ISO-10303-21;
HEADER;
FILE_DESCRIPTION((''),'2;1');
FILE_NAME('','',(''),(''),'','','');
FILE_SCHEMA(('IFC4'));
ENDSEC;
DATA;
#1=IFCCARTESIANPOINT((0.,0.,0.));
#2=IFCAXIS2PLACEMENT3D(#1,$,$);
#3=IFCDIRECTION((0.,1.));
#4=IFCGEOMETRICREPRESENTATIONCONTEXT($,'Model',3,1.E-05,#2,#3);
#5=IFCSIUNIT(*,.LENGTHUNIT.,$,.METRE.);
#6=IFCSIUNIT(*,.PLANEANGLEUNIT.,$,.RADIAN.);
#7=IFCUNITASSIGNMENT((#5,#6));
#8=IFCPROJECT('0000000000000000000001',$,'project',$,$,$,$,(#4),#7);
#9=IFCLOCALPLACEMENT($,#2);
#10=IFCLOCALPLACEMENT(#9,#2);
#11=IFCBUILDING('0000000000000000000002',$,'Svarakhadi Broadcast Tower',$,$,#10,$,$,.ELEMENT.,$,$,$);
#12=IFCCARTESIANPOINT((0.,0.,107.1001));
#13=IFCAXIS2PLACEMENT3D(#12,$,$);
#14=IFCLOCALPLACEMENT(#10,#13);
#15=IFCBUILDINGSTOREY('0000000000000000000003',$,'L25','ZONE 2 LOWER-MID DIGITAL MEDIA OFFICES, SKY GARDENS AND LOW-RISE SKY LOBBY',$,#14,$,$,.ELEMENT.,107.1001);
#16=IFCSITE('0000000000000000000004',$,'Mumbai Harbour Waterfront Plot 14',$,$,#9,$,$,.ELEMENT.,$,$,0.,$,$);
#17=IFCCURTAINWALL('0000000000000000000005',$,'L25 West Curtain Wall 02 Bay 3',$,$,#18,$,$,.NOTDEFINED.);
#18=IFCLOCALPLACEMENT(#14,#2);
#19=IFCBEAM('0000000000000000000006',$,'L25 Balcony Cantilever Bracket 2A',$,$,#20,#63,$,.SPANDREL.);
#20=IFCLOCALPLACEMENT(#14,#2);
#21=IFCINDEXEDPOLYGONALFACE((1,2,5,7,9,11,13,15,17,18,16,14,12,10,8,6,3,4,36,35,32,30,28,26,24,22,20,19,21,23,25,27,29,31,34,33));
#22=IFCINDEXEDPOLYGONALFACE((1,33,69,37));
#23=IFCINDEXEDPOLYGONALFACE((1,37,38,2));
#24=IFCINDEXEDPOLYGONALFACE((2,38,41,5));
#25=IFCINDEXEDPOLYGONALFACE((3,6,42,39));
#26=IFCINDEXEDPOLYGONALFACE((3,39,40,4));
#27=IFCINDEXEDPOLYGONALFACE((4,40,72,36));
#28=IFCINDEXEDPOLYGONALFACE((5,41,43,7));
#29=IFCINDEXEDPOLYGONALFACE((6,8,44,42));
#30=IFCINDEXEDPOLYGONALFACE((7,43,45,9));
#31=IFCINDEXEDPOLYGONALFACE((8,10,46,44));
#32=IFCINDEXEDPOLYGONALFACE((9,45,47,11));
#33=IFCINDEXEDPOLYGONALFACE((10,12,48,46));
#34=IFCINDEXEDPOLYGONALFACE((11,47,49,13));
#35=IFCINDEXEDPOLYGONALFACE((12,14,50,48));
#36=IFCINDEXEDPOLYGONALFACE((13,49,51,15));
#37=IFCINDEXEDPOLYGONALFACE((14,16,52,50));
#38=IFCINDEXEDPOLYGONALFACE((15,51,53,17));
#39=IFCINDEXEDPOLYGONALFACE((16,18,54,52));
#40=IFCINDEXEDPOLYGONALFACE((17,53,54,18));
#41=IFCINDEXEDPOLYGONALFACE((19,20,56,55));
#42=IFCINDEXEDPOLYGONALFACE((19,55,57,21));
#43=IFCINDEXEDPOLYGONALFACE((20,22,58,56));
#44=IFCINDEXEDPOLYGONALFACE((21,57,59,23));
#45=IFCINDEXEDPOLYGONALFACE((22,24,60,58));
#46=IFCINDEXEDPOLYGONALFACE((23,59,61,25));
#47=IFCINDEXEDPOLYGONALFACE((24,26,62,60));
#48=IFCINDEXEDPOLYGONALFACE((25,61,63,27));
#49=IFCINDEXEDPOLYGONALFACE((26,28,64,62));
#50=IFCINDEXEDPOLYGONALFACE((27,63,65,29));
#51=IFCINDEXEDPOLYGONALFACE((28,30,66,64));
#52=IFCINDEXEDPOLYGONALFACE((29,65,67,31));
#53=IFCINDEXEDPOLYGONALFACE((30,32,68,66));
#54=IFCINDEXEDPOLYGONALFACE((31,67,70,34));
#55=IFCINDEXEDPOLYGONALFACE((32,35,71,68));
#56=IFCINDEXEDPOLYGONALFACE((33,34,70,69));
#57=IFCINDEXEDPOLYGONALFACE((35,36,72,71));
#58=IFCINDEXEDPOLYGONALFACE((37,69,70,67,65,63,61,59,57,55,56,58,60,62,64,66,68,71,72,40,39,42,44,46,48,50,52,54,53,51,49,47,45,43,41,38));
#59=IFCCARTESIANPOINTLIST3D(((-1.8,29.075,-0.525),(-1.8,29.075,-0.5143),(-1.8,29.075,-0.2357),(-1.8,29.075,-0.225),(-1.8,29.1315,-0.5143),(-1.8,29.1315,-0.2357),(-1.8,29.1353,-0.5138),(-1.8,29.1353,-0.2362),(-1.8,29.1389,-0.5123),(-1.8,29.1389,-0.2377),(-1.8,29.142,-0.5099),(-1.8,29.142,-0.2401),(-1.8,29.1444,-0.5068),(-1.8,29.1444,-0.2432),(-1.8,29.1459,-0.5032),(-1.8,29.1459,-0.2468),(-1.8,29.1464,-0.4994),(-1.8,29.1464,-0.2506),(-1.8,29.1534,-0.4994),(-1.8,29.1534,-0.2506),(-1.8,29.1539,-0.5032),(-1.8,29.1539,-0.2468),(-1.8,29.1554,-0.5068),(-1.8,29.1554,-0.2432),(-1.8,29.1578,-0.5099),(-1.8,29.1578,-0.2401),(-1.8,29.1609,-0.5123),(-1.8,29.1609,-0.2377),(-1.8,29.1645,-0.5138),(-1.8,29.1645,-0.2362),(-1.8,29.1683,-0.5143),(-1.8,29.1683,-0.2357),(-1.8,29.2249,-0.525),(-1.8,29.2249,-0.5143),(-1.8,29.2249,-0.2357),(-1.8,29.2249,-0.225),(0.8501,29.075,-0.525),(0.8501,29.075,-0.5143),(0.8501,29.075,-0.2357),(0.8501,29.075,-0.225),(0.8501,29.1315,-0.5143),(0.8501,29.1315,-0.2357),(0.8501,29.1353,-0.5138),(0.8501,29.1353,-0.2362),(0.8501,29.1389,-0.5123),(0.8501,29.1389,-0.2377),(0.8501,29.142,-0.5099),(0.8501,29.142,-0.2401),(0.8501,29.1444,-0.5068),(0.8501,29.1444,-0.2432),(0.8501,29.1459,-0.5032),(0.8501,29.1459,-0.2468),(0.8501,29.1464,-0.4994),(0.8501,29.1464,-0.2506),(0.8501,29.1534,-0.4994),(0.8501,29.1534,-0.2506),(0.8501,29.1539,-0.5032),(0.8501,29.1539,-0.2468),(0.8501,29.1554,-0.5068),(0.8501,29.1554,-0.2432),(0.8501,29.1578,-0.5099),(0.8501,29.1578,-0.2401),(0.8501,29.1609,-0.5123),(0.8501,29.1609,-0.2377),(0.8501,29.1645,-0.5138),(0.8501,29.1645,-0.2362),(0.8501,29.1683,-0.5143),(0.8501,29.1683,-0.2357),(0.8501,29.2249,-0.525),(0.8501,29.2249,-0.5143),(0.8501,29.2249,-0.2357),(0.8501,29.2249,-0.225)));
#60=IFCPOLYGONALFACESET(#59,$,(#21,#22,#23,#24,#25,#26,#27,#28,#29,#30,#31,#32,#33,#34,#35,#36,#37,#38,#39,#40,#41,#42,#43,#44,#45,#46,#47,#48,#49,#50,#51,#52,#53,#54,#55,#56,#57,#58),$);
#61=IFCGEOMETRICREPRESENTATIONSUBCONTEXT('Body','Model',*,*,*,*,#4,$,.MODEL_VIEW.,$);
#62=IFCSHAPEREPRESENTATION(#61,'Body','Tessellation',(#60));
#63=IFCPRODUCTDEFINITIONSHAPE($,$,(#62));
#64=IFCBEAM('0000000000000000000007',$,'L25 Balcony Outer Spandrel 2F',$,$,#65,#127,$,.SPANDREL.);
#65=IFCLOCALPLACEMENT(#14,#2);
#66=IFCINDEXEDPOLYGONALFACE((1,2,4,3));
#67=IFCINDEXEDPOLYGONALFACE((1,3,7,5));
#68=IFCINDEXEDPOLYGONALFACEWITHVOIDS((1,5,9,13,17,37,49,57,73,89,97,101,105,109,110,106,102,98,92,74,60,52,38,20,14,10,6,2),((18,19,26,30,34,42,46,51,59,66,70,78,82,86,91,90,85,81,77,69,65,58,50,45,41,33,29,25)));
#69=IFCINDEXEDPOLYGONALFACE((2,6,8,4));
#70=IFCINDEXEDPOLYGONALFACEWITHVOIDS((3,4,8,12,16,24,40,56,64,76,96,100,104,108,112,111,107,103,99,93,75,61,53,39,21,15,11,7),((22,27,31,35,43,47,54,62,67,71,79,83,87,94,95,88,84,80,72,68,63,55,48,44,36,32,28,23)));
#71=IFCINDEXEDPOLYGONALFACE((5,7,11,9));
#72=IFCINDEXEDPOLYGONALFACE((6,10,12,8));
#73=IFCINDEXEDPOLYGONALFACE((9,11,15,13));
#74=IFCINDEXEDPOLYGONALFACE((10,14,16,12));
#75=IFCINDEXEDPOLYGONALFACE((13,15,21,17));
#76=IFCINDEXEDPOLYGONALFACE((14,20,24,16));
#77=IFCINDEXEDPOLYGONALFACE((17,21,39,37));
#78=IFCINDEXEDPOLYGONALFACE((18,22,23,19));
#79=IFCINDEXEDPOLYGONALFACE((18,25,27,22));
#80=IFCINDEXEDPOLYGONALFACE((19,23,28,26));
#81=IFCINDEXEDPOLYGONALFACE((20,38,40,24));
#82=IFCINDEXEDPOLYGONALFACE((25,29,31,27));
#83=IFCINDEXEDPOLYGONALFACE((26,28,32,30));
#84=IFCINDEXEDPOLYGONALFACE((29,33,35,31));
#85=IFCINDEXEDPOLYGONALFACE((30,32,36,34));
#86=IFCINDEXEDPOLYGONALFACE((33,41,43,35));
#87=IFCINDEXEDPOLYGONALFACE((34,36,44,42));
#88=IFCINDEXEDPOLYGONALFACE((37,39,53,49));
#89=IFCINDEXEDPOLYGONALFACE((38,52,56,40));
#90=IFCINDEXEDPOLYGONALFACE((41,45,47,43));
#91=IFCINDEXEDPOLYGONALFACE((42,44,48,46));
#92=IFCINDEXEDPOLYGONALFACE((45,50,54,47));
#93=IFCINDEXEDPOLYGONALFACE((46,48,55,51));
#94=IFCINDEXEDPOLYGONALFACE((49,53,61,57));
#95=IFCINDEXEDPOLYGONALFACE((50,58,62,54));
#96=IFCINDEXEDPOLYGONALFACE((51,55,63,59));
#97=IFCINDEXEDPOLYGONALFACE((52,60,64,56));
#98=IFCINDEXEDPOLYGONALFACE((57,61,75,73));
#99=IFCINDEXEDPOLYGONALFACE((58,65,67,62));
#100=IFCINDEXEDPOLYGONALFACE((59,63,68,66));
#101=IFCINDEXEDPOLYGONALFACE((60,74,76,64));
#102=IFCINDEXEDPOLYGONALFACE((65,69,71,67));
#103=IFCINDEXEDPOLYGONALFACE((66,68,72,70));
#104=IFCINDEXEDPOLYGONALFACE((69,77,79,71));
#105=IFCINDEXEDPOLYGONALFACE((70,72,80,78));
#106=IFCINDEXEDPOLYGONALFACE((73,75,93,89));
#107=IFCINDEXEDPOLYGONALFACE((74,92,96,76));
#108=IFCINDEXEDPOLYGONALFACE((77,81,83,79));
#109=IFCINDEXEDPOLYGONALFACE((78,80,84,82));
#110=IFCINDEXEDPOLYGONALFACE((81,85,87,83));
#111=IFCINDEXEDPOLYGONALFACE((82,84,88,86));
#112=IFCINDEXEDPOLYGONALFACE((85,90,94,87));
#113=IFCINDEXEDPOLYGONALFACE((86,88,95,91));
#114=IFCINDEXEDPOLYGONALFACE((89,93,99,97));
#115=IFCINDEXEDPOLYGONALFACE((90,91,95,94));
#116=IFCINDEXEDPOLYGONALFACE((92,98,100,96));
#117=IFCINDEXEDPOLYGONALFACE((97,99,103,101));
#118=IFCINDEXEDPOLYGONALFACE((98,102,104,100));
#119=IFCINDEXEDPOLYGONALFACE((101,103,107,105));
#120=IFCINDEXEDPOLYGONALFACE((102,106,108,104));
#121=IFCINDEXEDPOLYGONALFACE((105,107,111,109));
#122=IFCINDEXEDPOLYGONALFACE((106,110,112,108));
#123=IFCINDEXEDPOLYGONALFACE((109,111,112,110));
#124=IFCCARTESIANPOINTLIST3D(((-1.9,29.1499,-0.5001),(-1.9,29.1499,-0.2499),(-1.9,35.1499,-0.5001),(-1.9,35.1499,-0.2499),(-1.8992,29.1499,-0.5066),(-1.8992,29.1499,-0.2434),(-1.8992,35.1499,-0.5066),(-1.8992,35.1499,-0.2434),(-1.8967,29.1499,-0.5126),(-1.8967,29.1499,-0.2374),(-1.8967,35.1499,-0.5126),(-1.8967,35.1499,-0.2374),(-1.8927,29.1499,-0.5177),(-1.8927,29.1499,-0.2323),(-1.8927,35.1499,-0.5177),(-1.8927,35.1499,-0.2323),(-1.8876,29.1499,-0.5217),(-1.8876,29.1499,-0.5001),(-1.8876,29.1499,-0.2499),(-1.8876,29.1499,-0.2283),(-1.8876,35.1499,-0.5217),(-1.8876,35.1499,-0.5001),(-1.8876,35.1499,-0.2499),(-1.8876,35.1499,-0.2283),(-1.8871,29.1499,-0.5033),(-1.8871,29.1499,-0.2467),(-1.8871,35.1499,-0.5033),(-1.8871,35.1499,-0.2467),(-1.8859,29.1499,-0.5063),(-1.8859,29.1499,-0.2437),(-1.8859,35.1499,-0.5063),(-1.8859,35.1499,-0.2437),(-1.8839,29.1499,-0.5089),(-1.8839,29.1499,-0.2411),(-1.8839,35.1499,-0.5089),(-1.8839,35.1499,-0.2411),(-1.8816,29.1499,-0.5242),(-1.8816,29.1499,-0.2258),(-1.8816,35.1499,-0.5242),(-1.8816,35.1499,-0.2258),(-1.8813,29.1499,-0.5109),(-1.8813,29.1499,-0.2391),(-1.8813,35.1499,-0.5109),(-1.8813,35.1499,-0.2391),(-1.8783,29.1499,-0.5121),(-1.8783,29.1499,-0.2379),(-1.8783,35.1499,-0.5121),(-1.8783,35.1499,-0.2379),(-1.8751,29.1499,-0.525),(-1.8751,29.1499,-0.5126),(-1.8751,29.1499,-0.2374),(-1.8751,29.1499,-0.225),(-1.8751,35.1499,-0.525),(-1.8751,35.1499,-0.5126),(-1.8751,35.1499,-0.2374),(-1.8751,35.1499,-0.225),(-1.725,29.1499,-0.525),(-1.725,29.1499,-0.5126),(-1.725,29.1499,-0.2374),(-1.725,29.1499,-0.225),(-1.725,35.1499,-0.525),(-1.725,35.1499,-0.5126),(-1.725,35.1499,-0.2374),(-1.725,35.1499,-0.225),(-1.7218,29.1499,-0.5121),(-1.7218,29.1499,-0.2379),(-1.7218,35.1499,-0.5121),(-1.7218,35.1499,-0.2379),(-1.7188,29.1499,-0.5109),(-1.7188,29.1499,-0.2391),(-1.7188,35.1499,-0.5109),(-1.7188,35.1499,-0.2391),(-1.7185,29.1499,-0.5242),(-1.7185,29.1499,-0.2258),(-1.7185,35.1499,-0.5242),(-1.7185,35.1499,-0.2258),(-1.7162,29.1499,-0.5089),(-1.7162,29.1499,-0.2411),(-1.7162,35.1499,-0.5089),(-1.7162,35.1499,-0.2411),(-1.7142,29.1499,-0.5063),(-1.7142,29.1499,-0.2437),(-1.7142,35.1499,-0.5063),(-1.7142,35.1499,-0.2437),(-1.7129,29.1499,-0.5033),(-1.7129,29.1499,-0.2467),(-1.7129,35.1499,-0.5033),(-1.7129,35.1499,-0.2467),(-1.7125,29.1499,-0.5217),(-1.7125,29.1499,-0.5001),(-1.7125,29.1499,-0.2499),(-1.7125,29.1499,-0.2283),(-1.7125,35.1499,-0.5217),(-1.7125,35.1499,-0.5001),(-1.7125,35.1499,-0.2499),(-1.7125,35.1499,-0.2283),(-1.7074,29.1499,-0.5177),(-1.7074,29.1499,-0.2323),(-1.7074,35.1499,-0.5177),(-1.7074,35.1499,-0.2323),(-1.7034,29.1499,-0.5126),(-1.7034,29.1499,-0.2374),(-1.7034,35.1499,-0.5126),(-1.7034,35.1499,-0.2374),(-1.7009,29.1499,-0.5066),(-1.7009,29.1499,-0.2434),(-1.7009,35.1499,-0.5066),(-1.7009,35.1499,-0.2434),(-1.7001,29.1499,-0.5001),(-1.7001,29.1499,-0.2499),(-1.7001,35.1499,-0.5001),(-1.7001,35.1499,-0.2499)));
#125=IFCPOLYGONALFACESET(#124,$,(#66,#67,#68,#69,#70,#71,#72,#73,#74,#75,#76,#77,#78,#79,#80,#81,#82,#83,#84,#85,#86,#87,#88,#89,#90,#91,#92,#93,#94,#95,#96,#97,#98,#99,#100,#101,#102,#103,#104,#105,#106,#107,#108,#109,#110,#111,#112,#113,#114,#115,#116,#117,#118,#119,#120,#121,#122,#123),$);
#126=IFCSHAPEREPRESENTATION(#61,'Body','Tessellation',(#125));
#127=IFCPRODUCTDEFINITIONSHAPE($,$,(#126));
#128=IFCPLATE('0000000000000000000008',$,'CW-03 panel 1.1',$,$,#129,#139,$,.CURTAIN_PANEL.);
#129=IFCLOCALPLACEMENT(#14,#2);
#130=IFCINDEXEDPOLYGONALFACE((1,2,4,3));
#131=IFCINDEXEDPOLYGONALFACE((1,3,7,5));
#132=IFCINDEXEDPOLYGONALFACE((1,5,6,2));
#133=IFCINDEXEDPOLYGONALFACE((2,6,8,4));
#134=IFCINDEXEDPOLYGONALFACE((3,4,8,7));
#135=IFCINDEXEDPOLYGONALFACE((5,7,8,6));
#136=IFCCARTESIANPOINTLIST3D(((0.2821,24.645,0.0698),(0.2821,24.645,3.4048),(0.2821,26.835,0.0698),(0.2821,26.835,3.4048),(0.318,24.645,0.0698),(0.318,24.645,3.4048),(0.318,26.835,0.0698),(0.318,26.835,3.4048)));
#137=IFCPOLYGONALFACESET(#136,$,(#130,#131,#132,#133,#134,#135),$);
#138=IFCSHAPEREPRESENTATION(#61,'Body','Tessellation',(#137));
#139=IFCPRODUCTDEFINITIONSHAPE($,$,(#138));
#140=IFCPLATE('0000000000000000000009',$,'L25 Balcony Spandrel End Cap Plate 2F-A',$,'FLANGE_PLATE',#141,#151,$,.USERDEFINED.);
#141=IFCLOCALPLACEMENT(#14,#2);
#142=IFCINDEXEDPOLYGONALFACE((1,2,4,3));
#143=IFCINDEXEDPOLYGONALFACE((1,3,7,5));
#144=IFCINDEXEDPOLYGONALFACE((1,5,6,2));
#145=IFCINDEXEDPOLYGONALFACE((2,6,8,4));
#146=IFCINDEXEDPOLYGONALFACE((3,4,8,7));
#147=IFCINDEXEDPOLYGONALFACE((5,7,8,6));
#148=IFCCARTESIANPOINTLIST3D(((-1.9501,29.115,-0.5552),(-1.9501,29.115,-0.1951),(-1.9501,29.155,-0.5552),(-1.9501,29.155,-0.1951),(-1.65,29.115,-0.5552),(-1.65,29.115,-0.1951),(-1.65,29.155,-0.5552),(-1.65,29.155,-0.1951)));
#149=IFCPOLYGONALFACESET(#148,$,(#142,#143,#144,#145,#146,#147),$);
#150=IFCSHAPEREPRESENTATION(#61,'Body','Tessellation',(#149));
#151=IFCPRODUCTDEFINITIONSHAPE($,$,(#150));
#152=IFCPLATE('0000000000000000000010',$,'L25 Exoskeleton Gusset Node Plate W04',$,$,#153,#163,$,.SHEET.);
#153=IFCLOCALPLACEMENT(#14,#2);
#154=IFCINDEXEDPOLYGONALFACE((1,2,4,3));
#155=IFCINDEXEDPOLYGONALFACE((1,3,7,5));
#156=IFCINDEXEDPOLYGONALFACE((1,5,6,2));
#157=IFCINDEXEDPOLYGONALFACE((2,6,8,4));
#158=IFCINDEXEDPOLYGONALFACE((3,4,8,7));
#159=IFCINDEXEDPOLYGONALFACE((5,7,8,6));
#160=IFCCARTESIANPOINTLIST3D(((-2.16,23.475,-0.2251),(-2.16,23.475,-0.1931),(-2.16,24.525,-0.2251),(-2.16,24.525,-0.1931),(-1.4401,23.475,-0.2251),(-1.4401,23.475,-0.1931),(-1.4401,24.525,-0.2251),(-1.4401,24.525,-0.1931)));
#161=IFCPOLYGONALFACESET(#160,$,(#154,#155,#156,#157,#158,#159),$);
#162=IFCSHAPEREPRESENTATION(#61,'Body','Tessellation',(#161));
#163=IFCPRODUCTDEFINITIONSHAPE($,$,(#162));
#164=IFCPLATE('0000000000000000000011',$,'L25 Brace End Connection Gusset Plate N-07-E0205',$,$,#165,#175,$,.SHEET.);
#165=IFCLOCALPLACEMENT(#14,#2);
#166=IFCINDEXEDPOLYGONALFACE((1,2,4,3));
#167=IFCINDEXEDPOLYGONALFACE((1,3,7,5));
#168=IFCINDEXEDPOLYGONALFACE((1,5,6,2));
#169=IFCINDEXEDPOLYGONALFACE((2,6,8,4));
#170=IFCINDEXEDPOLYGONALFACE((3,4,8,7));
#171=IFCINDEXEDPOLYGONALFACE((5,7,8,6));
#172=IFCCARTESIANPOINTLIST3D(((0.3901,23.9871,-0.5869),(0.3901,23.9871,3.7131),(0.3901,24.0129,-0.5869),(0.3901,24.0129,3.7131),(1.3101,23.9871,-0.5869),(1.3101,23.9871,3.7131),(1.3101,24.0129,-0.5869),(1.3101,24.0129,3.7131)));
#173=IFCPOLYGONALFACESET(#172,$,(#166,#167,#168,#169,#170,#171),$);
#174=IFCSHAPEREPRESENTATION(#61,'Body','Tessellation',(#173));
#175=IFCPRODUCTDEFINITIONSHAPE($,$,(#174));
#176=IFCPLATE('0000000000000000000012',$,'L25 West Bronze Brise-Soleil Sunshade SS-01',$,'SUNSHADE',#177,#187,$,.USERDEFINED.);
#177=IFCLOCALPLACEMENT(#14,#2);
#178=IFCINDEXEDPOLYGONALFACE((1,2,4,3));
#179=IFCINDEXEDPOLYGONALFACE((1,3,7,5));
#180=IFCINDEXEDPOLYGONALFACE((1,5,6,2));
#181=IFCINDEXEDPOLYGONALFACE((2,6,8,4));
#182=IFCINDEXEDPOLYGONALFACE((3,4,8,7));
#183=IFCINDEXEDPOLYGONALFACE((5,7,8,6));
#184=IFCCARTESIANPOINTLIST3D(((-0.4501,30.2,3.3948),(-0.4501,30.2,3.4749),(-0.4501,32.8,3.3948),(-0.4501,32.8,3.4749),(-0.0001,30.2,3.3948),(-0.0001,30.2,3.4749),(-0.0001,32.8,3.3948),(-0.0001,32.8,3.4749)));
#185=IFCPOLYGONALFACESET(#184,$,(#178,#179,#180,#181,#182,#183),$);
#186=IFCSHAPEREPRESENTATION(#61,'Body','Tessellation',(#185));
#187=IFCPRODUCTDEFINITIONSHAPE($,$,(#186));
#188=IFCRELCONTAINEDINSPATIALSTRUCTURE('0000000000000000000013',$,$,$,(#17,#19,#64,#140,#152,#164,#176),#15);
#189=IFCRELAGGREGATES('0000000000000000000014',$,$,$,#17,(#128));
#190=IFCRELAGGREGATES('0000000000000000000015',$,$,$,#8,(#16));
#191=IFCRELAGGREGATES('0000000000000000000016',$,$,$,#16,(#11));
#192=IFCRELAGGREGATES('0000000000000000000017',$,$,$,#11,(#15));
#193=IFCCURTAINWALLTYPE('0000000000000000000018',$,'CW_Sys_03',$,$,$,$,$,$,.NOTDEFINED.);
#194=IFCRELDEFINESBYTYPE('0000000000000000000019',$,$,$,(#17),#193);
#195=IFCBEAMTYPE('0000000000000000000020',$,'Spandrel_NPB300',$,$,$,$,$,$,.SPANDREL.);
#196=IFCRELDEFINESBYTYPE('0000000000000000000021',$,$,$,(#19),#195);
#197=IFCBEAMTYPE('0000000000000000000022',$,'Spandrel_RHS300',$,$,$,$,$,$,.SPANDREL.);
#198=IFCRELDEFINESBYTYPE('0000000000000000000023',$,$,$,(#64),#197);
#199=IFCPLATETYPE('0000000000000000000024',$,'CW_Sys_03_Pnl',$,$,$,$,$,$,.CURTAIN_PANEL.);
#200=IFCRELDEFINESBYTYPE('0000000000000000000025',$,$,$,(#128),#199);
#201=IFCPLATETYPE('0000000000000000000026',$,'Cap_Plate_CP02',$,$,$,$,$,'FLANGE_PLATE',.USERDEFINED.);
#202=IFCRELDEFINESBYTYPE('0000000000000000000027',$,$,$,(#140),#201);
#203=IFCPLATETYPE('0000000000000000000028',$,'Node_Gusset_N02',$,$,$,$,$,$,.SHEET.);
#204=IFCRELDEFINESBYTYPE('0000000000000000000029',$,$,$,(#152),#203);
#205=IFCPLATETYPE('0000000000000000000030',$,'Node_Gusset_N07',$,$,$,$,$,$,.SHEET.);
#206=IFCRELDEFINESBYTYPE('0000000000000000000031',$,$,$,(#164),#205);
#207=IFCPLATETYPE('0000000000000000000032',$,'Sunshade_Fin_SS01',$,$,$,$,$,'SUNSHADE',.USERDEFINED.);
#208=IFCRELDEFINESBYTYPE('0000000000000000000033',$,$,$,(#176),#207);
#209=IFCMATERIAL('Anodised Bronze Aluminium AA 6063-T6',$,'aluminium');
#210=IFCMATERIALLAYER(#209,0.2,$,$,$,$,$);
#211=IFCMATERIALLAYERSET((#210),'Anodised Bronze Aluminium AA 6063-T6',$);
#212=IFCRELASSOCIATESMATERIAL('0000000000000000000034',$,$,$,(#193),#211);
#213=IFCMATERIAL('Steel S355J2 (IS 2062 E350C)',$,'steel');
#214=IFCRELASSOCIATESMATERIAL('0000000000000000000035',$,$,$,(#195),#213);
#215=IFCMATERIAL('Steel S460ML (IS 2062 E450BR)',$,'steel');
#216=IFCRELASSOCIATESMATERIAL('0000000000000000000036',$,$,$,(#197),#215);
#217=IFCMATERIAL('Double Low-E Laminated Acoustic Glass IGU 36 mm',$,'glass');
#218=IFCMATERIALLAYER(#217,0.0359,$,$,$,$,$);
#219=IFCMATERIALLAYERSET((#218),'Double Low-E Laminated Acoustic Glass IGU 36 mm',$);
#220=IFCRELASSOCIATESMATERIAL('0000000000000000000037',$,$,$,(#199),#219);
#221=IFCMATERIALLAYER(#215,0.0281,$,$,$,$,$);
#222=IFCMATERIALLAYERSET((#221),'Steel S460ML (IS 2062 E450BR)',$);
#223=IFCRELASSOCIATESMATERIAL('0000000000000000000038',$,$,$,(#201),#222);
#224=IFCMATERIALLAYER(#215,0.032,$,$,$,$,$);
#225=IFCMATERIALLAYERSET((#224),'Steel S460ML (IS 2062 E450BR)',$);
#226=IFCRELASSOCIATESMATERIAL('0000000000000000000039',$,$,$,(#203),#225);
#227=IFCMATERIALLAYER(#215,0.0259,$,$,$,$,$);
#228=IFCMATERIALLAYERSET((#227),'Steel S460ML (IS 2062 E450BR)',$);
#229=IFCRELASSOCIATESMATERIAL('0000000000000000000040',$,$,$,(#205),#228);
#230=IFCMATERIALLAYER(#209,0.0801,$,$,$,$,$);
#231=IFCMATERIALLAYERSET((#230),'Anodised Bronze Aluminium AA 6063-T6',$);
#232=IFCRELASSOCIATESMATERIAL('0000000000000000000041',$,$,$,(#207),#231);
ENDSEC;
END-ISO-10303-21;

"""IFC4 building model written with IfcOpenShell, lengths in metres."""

from ifc_helpers import new_model, si_unit, direction, frame, origin, origin_2d, place, context, subcontext, project, spatial, rectangle, hollow_rectangle, i_section, extrude, material, layer, layer_set, material_profile, profile_set, type_object, element, aggregate, save


model = new_model("IFC4")

# Units and contexts
model_context = context("Model", 3, precision=1e-05, world=origin(), true_north=direction((0.0, 1.0)))
body_context = subcontext(model_context, "Body", "Model", "MODEL_VIEW")
ifc_project = project(units=[si_unit("LENGTHUNIT", "METRE"), si_unit("PLANEANGLEUNIT", "RADIAN")], contexts=[model_context])

# Site, building, storey
site_placement = place(None, origin())
site = spatial("IfcSite", under=ifc_project, at=site_placement, Name="Mumbai Harbour Waterfront Plot 14", CompositionType="ELEMENT", RefElevation=0.0)
building_placement = place(site_placement, origin())
building = spatial("IfcBuilding", under=site, at=building_placement, Name="Svarakhadi Broadcast Tower", CompositionType="ELEMENT")
storey_placement = place(building_placement, frame((0.0, 0.0, 107.1001)))
storey = spatial("IfcBuildingStorey", under=building, at=storey_placement, Name="L25", Description="ZONE 2 LOWER-MID DIGITAL MEDIA OFFICES, SKY GARDENS AND LOW-RISE SKY LOBBY", CompositionType="ELEMENT", Elevation=107.1001)

# Shared definitions
ifc_material_1 = material(Name="Steel S460ML (IS 2062 E450BR)", Category="steel")

# Shared definitions
ifc_material_2 = material(Name="Steel S355J2 (IS 2062 E350C)", Category="steel")

# Curtain wall
ifc_material_3 = material(Name="Anodised Bronze Aluminium AA 6063-T6", Category="aluminium")
ifc_layer_1 = layer(ifc_material_3, 0.2)
ifc_layer_set_1 = layer_set([ifc_layer_1], Name="Anodised Bronze Aluminium AA 6063-T6")
curtain_wall_type = type_object("IfcCurtainWallType", Name="CW_Sys_03", PredefinedType="NOTDEFINED", material=ifc_layer_set_1)
curtain_wall_placement = place(storey_placement, origin())
curtain_wall = element("IfcCurtainWall", 1, at=curtain_wall_placement, inside=storey, type_object=curtain_wall_type, Name="L25 West Curtain Wall 02 Bay 3", PredefinedType="NOTDEFINED")

# Beams
ifc_material_profile_1 = material_profile(ifc_material_2, i_section(OverallWidth=0.1499, OverallDepth=0.3, WebThickness=0.0071, FlangeThickness=0.0107, FilletRadius=0.0149, at=origin_2d()), Name="NPB 300x150x37")
ifc_profile_set_1 = profile_set([ifc_material_profile_1], Name="Steel S355J2 (IS 2062 E350C)")
beam_type_1 = type_object("IfcBeamType", Name="Spandrel_NPB300", PredefinedType="SPANDREL", material=ifc_profile_set_1)
beam_1_placement = place(storey_placement, frame((0.8501, 29.1499, -0.375), z_axis=(-1.0, 0.0, 0.0), x_axis=(0.0, -1.0, 0.0)))
element("IfcBeam", 2, at=beam_1_placement, inside=storey, type_object=beam_type_1, Name="L25 Balcony Cantilever Bracket 2A", PredefinedType="SPANDREL", context=body_context, shape_type="SweptSolid", body=[
    extrude(i_section(OverallWidth=0.1499, OverallDepth=0.3, WebThickness=0.0071, FlangeThickness=0.0107, FilletRadius=0.0149, at=origin_2d()), origin(), (0.0, 0.0, 1.0), 2.6501),
])
ifc_material_profile_2 = material_profile(ifc_material_1, hollow_rectangle(XDim=0.2, YDim=0.3, WallThickness=0.0125, InnerFilletRadius=0.0125, OuterFilletRadius=0.0249, at=origin_2d()), Name="RHS 300x200x12.5")
ifc_profile_set_2 = profile_set([ifc_material_profile_2], Name="Steel S460ML (IS 2062 E450BR)")
beam_type_2 = type_object("IfcBeamType", Name="Spandrel_RHS300", PredefinedType="SPANDREL", material=ifc_profile_set_2)
beam_2_placement = place(storey_placement, frame((-1.8, 29.1499, -0.375), z_axis=(0.0, 1.0, 0.0), x_axis=(-1.0, 0.0, 0.0)))
element("IfcBeam", 3, at=beam_2_placement, inside=storey, type_object=beam_type_2, Name="L25 Balcony Outer Spandrel 2F", PredefinedType="SPANDREL", context=body_context, shape_type="SweptSolid", body=[
    extrude(hollow_rectangle(XDim=0.2, YDim=0.3, WallThickness=0.0125, InnerFilletRadius=0.0125, OuterFilletRadius=0.0249, at=origin_2d()), origin(), (0.0, 0.0, 1.0), 6.0),
])

# Plate
ifc_material_4 = material(Name="Double Low-E Laminated Acoustic Glass IGU 36 mm", Category="glass")
ifc_layer_2 = layer(ifc_material_4, 0.0359)
ifc_layer_set_2 = layer_set([ifc_layer_2], Name="Double Low-E Laminated Acoustic Glass IGU 36 mm")
plate_type_1 = type_object("IfcPlateType", Name="CW_Sys_03_Pnl", PredefinedType="CURTAIN_PANEL", material=ifc_layer_set_2)
plate_1_placement = place(storey_placement, frame((0.3, 25.74, 0.0698), z_axis=(0.0, 0.0, 1.0), x_axis=(0.0, 1.0, 0.0)))
plate_1 = element("IfcPlate", 4, at=plate_1_placement, type_object=plate_type_1, Name="CW-03 panel 1.1", PredefinedType="CURTAIN_PANEL", context=body_context, shape_type="SweptSolid", body=[
    extrude(rectangle(XDim=2.1899, YDim=0.0359, at=origin_2d()), origin(), (0.0, 0.0, 1.0), 3.335),
])
aggregate(curtain_wall, [plate_1])

# Plates
ifc_layer_3 = layer(ifc_material_1, 0.0281)
ifc_layer_set_3 = layer_set([ifc_layer_3], Name="Steel S460ML (IS 2062 E450BR)")
plate_type_2 = type_object("IfcPlateType", Name="Cap_Plate_CP02", ElementType="FLANGE_PLATE", PredefinedType="USERDEFINED", material=ifc_layer_set_3)
plate_2_placement = place(storey_placement, frame((-1.8, 29.135, -0.5552), z_axis=(0.0, 0.0, 1.0), x_axis=(1.0, 0.0, 0.0)))
element("IfcPlate", 5, at=plate_2_placement, inside=storey, type_object=plate_type_2, Name="L25 Balcony Spandrel End Cap Plate 2F-A", ObjectType="FLANGE_PLATE", PredefinedType="USERDEFINED", context=body_context, shape_type="SweptSolid", body=[
    extrude(rectangle(XDim=0.3, YDim=0.04, at=origin_2d()), origin(), (0.0, 0.0, 1.0), 0.3601),
])
ifc_layer_4 = layer(ifc_material_1, 0.032)
ifc_layer_set_4 = layer_set([ifc_layer_4], Name="Steel S460ML (IS 2062 E450BR)")
plate_type_3 = type_object("IfcPlateType", Name="Node_Gusset_N02", PredefinedType="SHEET", material=ifc_layer_set_4)
plate_3_placement = place(storey_placement, frame((-1.8, 24.0, -0.2251), z_axis=(0.0, 0.0, 1.0), x_axis=(0.0, 1.0, 0.0)))
element("IfcPlate", 6, at=plate_3_placement, inside=storey, type_object=plate_type_3, Name="L25 Exoskeleton Gusset Node Plate W04", PredefinedType="SHEET", context=body_context, shape_type="SweptSolid", body=[
    extrude(rectangle(XDim=1.05, YDim=0.72, at=origin_2d()), origin(), (0.0, 0.0, 1.0), 0.032),
])
ifc_layer_5 = layer(ifc_material_1, 0.0259)
ifc_layer_set_5 = layer_set([ifc_layer_5], Name="Steel S460ML (IS 2062 E450BR)")
plate_type_4 = type_object("IfcPlateType", Name="Node_Gusset_N07", PredefinedType="SHEET", material=ifc_layer_set_5)
plate_4_placement = place(storey_placement, frame((0.8501, 24.0, -0.5869), z_axis=(0.0, 0.0, 1.0), x_axis=(1.0, 0.0, 0.0)))
element("IfcPlate", 7, at=plate_4_placement, inside=storey, type_object=plate_type_4, Name="L25 Brace End Connection Gusset Plate N-07-E0205", PredefinedType="SHEET", context=body_context, shape_type="SweptSolid", body=[
    extrude(rectangle(XDim=0.9199, YDim=0.0259, at=origin_2d()), origin(), (0.0, 0.0, 1.0), 4.3),
])
ifc_layer_6 = layer(ifc_material_3, 0.0801)
ifc_layer_set_6 = layer_set([ifc_layer_6], Name="Anodised Bronze Aluminium AA 6063-T6")
plate_type_5 = type_object("IfcPlateType", Name="Sunshade_Fin_SS01", ElementType="SUNSHADE", PredefinedType="USERDEFINED", material=ifc_layer_set_6)
plate_5_placement = place(storey_placement, frame((-0.2251, 31.5, 3.3948), z_axis=(0.0, 0.0, 1.0), x_axis=(0.0, 1.0, 0.0)))
element("IfcPlate", 8, at=plate_5_placement, inside=storey, type_object=plate_type_5, Name="L25 West Bronze Brise-Soleil Sunshade SS-01", ObjectType="SUNSHADE", PredefinedType="USERDEFINED", context=body_context, shape_type="SweptSolid", body=[
    extrude(rectangle(XDim=2.6001, YDim=0.45, at=origin_2d()), origin(), (0.0, 0.0, 1.0), 0.0801),
])

save(model, "model.ifc")
